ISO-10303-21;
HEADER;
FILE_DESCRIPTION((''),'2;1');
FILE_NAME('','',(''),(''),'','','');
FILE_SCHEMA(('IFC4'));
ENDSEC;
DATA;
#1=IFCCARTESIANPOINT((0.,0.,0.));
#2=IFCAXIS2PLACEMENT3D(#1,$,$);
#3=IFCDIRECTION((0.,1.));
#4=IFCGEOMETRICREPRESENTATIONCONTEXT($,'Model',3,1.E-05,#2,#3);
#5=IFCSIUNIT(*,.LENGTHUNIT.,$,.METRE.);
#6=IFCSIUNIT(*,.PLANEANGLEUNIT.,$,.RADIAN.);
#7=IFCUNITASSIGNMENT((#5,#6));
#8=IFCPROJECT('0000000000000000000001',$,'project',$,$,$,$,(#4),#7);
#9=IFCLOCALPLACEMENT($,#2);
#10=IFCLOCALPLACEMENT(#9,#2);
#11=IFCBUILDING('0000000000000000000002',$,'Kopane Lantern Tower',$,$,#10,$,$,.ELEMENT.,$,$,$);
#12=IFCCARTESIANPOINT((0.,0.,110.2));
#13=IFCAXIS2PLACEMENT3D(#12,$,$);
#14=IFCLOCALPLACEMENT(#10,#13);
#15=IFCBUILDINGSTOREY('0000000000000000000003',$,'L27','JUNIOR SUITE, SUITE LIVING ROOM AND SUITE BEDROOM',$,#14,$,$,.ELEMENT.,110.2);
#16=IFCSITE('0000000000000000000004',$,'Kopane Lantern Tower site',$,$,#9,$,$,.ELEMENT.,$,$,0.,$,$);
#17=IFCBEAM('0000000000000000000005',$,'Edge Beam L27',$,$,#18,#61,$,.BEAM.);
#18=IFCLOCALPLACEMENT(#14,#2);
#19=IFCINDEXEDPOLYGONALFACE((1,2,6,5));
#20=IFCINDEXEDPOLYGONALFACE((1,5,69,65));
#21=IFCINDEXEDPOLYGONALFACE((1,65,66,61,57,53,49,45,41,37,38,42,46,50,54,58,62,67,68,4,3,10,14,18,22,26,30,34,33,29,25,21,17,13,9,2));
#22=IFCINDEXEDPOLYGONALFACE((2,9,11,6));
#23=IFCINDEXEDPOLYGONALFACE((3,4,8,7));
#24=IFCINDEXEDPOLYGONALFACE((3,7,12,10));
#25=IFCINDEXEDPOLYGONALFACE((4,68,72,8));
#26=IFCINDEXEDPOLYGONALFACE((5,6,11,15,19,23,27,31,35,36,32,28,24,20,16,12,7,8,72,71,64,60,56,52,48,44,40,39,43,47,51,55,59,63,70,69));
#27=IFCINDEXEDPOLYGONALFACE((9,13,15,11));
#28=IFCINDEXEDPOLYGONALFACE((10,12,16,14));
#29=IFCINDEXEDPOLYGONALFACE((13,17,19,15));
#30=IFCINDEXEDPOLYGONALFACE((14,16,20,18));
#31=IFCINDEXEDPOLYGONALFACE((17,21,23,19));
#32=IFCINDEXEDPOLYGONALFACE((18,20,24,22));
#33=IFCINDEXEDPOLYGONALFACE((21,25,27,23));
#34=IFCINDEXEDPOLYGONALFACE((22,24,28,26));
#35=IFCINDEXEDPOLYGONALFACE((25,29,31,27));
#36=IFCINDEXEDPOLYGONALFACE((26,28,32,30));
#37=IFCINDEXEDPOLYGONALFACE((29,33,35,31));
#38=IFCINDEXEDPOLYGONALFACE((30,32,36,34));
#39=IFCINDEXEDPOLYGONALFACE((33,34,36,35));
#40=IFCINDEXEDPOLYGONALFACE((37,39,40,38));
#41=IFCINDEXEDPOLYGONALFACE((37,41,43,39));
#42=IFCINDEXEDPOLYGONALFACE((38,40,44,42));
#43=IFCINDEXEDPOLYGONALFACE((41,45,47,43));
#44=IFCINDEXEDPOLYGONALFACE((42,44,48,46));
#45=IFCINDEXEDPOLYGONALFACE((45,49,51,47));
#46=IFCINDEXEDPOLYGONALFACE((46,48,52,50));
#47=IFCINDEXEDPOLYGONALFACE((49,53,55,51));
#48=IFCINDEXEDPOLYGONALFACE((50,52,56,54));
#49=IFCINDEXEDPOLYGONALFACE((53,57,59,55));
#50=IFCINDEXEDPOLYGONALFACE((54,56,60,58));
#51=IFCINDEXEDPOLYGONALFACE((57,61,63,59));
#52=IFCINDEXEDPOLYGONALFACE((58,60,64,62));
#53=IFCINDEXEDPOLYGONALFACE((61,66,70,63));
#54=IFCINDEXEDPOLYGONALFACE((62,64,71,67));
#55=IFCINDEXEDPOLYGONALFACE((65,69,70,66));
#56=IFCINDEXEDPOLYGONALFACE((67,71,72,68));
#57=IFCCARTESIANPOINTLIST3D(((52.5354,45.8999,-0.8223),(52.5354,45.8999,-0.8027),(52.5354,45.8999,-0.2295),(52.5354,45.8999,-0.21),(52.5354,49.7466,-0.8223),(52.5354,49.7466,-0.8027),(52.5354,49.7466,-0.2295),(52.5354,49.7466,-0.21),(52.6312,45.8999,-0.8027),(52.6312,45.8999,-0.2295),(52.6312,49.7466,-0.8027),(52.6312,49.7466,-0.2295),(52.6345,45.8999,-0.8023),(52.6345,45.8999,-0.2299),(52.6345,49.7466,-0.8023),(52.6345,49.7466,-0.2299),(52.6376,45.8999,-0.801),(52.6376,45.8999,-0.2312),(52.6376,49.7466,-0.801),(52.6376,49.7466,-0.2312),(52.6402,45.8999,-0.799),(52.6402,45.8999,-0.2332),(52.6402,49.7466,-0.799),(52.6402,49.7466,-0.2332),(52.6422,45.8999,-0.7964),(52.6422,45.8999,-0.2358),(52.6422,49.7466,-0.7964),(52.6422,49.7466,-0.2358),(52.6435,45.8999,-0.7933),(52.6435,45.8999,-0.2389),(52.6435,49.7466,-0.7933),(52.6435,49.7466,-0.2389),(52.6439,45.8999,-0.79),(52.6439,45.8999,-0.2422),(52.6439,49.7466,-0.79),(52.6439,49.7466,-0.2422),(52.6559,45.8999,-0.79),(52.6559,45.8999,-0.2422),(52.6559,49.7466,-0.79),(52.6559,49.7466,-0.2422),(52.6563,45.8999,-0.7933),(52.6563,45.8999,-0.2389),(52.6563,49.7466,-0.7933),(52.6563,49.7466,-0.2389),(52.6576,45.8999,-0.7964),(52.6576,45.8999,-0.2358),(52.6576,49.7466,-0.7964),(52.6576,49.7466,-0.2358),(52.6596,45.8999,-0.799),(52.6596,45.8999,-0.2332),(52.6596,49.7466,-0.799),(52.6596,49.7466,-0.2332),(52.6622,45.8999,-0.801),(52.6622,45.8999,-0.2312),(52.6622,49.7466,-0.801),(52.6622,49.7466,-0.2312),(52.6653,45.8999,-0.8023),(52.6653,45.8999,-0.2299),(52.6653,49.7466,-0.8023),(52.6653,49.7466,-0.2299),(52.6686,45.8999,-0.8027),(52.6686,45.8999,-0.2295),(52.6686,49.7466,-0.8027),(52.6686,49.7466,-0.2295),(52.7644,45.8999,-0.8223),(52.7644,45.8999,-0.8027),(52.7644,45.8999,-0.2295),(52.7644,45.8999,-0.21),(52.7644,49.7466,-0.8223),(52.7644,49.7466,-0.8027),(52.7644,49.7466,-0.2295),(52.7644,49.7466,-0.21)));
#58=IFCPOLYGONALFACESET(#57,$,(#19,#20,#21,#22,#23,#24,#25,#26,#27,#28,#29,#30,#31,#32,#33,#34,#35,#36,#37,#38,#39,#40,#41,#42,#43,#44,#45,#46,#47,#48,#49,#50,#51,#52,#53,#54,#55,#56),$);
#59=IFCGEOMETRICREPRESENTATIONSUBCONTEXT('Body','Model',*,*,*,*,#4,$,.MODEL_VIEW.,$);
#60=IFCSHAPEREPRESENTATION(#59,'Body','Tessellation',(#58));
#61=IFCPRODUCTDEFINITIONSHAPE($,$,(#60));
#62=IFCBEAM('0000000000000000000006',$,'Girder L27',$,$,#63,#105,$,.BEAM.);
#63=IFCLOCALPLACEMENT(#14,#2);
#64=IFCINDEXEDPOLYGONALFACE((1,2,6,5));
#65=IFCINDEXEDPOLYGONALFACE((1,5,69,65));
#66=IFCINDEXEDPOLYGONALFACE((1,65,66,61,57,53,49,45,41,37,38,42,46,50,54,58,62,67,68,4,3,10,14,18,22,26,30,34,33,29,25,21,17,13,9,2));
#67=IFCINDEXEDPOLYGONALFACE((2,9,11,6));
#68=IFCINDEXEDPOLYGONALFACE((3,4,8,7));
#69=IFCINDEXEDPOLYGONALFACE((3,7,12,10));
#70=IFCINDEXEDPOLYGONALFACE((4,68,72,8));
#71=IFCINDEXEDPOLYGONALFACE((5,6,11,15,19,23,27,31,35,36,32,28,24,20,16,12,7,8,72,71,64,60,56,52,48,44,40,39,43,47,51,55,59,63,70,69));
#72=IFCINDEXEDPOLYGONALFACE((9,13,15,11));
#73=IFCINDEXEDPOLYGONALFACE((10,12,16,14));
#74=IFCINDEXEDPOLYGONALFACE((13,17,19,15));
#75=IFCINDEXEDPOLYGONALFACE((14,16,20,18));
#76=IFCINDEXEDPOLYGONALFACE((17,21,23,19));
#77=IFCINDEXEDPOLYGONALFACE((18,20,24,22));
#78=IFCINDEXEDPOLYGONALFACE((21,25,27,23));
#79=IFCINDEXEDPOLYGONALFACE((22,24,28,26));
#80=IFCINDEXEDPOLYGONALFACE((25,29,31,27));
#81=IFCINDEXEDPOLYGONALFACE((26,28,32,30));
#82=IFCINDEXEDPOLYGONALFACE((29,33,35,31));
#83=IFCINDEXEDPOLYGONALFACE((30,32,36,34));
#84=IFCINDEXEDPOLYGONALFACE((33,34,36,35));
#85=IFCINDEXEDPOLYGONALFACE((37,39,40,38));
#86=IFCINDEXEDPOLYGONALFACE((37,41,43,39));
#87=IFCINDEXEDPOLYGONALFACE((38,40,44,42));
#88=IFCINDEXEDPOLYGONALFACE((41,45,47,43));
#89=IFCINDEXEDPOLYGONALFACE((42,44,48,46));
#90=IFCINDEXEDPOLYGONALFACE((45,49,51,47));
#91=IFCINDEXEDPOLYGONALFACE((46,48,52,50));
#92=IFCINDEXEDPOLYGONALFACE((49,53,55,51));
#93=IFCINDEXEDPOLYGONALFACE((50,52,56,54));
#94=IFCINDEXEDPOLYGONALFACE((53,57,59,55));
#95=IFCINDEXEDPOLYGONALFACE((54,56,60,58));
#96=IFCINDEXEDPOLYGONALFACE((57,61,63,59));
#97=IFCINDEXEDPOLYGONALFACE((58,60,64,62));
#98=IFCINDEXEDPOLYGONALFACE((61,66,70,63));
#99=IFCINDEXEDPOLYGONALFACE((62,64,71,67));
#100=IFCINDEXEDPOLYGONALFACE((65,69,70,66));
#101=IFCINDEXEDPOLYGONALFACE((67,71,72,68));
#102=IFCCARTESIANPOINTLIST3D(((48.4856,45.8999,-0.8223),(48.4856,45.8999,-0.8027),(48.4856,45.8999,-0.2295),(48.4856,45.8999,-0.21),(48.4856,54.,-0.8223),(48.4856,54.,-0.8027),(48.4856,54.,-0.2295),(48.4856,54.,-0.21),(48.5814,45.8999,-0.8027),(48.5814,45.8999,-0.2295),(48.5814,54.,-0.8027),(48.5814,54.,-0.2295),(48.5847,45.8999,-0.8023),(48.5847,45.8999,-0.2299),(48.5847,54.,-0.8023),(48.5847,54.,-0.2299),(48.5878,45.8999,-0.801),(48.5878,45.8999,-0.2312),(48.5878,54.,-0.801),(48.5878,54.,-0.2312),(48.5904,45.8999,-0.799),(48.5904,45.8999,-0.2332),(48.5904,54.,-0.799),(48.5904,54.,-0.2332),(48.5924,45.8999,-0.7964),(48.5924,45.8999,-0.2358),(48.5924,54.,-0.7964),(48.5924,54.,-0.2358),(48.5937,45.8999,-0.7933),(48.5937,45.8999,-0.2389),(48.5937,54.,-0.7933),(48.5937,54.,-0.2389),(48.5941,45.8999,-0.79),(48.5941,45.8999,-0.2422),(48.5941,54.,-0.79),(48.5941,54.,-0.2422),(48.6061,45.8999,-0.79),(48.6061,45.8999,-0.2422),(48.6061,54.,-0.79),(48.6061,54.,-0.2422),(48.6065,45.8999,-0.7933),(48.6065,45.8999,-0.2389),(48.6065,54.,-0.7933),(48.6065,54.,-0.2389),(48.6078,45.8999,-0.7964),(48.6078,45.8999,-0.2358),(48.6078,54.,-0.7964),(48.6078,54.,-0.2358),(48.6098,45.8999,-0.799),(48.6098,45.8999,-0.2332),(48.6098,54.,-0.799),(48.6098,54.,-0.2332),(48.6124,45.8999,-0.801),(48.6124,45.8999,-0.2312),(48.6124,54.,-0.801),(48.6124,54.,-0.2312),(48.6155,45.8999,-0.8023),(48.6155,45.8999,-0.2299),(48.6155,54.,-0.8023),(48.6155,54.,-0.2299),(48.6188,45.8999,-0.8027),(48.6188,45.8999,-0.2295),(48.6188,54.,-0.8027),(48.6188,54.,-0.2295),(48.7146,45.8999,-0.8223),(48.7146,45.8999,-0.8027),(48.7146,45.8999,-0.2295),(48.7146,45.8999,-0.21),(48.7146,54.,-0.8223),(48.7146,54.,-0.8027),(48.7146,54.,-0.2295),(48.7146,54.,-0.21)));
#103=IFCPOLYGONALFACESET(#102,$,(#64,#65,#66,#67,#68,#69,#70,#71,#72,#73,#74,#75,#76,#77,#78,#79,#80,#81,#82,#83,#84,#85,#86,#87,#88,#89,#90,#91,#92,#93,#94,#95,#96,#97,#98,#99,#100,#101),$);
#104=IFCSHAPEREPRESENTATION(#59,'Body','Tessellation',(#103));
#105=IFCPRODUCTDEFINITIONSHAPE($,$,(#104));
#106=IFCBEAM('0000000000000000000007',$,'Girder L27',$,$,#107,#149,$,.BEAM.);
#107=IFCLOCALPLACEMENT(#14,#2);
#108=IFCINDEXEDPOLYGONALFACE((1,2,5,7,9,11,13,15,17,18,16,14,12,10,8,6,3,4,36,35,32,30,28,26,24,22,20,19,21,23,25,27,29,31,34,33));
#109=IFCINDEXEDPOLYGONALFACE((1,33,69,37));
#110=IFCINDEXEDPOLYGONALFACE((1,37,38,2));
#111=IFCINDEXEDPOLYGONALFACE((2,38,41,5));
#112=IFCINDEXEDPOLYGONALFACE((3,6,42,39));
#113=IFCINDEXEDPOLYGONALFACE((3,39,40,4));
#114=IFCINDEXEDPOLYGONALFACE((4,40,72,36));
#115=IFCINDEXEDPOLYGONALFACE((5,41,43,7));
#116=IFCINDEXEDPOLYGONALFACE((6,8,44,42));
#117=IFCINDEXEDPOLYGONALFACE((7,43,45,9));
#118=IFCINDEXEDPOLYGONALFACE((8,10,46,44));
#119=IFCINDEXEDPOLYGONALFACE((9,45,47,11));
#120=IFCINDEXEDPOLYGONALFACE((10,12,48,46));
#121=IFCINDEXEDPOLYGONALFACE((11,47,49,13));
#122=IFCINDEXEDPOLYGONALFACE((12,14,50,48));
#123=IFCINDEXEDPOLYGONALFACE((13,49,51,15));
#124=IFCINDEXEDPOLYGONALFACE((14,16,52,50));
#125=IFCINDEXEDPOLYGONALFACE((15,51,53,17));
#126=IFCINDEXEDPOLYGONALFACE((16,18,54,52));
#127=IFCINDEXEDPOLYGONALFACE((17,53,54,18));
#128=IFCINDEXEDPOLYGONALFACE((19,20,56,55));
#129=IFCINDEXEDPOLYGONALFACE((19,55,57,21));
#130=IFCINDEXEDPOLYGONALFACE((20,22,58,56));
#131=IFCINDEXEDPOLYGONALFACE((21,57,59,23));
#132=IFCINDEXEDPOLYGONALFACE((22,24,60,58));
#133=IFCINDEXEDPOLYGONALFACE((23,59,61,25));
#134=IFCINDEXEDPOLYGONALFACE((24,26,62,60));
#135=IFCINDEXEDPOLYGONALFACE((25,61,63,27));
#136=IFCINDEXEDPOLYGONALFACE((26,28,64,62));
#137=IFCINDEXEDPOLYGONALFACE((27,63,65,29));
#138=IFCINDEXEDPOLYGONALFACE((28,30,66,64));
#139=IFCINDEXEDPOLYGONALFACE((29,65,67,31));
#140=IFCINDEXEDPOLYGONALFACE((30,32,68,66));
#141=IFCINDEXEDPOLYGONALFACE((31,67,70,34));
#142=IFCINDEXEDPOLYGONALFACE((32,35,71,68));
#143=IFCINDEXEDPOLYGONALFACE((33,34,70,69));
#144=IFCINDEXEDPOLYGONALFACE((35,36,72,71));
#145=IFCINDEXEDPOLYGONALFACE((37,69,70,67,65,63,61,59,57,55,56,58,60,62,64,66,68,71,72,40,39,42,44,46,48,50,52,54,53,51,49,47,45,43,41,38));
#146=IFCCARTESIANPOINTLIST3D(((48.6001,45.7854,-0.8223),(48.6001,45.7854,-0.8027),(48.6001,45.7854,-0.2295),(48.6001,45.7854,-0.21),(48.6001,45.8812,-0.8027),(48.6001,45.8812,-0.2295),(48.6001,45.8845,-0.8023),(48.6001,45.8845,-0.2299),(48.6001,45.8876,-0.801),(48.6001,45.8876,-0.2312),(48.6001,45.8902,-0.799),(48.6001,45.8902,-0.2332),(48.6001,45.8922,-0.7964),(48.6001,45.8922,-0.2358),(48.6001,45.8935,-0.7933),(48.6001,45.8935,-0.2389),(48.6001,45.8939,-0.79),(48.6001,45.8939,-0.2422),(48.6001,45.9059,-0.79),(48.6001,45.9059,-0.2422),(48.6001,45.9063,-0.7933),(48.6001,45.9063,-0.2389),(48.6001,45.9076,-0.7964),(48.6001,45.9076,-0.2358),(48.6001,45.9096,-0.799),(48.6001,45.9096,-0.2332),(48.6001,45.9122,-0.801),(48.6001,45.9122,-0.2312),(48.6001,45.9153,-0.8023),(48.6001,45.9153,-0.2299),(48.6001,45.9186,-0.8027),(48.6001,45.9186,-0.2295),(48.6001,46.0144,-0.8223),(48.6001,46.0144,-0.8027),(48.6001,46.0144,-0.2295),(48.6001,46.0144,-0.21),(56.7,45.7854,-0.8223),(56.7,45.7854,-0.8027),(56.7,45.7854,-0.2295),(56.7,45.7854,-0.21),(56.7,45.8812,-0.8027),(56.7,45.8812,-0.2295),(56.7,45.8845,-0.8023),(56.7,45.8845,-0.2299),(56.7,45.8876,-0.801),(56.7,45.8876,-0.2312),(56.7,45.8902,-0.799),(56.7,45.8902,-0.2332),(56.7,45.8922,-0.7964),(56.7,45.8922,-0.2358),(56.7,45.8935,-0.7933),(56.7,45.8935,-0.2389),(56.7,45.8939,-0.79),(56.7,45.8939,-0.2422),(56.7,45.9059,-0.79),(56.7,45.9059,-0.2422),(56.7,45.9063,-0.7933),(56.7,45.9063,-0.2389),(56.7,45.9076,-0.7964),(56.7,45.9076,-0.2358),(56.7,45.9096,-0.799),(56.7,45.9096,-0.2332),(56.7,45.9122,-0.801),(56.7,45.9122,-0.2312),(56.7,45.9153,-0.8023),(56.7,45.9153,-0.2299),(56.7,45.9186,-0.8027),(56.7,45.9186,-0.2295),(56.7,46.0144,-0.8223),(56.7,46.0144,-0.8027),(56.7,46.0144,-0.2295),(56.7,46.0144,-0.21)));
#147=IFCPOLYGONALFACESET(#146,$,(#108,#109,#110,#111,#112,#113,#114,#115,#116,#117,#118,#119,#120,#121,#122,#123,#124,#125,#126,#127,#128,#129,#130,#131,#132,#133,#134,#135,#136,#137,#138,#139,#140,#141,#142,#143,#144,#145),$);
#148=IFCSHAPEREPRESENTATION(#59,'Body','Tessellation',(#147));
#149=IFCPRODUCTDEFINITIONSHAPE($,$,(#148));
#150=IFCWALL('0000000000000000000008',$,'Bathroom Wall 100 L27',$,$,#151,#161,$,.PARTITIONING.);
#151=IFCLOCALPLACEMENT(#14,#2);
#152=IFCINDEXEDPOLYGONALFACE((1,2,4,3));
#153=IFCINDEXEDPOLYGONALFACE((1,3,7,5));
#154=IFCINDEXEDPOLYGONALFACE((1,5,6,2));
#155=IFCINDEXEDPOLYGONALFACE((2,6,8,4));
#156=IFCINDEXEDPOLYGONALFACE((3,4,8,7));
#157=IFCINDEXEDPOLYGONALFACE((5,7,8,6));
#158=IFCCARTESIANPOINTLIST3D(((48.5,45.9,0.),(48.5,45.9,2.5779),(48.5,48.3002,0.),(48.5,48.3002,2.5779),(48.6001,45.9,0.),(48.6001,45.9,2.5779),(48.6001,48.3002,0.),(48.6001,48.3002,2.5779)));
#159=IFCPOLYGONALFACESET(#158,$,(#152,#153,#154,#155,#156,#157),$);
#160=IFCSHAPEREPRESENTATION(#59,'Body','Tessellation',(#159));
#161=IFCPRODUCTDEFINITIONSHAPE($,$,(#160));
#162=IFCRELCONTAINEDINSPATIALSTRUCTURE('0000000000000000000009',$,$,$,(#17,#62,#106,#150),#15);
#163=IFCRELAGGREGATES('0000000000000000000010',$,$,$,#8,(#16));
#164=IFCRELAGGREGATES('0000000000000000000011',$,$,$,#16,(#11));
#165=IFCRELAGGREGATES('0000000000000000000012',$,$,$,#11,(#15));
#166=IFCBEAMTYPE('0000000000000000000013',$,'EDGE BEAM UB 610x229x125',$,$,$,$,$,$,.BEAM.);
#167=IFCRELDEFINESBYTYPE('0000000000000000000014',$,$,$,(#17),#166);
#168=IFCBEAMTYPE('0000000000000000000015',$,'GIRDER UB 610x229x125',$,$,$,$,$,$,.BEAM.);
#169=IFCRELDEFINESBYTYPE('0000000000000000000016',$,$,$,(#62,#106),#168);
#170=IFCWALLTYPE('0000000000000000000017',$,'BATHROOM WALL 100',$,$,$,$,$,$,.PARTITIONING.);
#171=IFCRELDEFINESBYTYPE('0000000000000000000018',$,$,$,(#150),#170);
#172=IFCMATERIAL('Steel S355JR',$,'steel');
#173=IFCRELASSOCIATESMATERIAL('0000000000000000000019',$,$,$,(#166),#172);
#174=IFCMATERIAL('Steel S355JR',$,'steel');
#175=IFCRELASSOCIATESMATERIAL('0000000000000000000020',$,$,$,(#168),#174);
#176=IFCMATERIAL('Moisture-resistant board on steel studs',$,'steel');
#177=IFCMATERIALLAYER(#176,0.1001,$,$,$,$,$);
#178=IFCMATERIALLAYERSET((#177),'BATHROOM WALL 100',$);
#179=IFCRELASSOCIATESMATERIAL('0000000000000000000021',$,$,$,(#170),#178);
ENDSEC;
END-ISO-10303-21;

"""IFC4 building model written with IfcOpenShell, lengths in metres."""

from ifc_helpers import new_model, si_unit, direction, frame, frame_2d, origin, origin_2d, place, context, subcontext, project, spatial, rectangle, i_section, extrude, material, layer, layer_set, material_profile, profile_set, type_object, element, save


model = new_model("IFC4")

# Units and contexts
model_context = context("Model", 3, precision=1e-05, world=origin(), true_north=direction((0.0, 1.0)))
body_context = subcontext(model_context, "Body", "Model", "MODEL_VIEW")
ifc_project = project(units=[si_unit("LENGTHUNIT", "METRE"), si_unit("PLANEANGLEUNIT", "RADIAN")], contexts=[model_context])

# Site, building, storey
site_placement = place(None, origin())
site = spatial("IfcSite", under=ifc_project, at=site_placement, Name="Kopane Lantern Tower site", CompositionType="ELEMENT", RefElevation=0.0)
building_placement = place(site_placement, origin())
building = spatial("IfcBuilding", under=site, at=building_placement, Name="Kopane Lantern Tower", CompositionType="ELEMENT")
storey_placement = place(building_placement, frame((0.0, 0.0, 110.2)))
storey = spatial("IfcBuildingStorey", under=building, at=storey_placement, Name="L27", Description="JUNIOR SUITE, SUITE LIVING ROOM AND SUITE BEDROOM", CompositionType="ELEMENT", Elevation=110.2)

# Beams
ifc_material_1 = material(Name="Steel S355JR", Category="steel")
ifc_material_profile_1 = material_profile(ifc_material_1, i_section(OverallWidth=0.229, OverallDepth=0.6123, WebThickness=0.012, FlangeThickness=0.0195, FilletRadius=0.0127, at=origin_2d()), Name="UB 610x229x125")
ifc_profile_set_1 = profile_set([ifc_material_profile_1], Name="Steel S355JR")
beam_type_1 = type_object("IfcBeamType", Name="EDGE BEAM UB 610x229x125", PredefinedType="BEAM", material=ifc_profile_set_1)
beam_1_placement = place(storey_placement, frame((52.6499, 49.7466, -0.5161), z_axis=(0.0, -1.0, 0.0), x_axis=(1.0, 0.0, 0.0)))
element("IfcBeam", 1, at=beam_1_placement, inside=storey, type_object=beam_type_1, Name="Edge Beam L27", PredefinedType="BEAM", context=body_context, shape_type="SweptSolid", body=[
    extrude(i_section(OverallWidth=0.229, OverallDepth=0.6123, WebThickness=0.012, FlangeThickness=0.0195, FilletRadius=0.0127, at=origin_2d()), origin(), (0.0, 0.0, 1.0), 3.8467),
])
ifc_material_2 = material(Name="Steel S355JR", Category="steel")
ifc_material_profile_2 = material_profile(ifc_material_2, i_section(OverallWidth=0.229, OverallDepth=0.6123, WebThickness=0.012, FlangeThickness=0.0195, FilletRadius=0.0127, at=origin_2d()), Name="UB 610x229x125")
ifc_profile_set_2 = profile_set([ifc_material_profile_2], Name="Steel S355JR")
beam_type_2 = type_object("IfcBeamType", Name="GIRDER UB 610x229x125", PredefinedType="BEAM", material=ifc_profile_set_2)
beam_2_placement = place(storey_placement, frame((48.6001, 45.8999, -0.5161), z_axis=(0.0, 1.0, 0.0), x_axis=(-1.0, 0.0, 0.0)))
element("IfcBeam", 2, at=beam_2_placement, inside=storey, type_object=beam_type_2, Name="Girder L27", PredefinedType="BEAM", context=body_context, shape_type="SweptSolid", body=[
    extrude(i_section(OverallWidth=0.229, OverallDepth=0.6123, WebThickness=0.012, FlangeThickness=0.0195, FilletRadius=0.0127, at=origin_2d()), origin(), (0.0, 0.0, 1.0), 8.1001),
])
beam_3_placement = place(storey_placement, frame((48.6001, 45.8999, -0.5161), z_axis=(1.0, 0.0, 0.0), x_axis=(0.0, 1.0, 0.0)))
element("IfcBeam", 3, at=beam_3_placement, inside=storey, type_object=beam_type_2, Name="Girder L27", PredefinedType="BEAM", context=body_context, shape_type="SweptSolid", body=[
    extrude(i_section(OverallWidth=0.229, OverallDepth=0.6123, WebThickness=0.012, FlangeThickness=0.0195, FilletRadius=0.0127, at=origin_2d()), origin(), (0.0, 0.0, 1.0), 8.0999),
])

# Wall
ifc_material_3 = material(Name="Moisture-resistant board on steel studs", Category="steel")
ifc_layer_1 = layer(ifc_material_3, 0.1001)
ifc_layer_set_1 = layer_set([ifc_layer_1], Name="BATHROOM WALL 100")
wall_type_1 = type_object("IfcWallType", Name="BATHROOM WALL 100", PredefinedType="PARTITIONING", material=ifc_layer_set_1)
wall_1_placement = place(storey_placement, frame((48.55, 45.8999, 0.0), z_axis=(0.0, 0.0, 1.0), x_axis=(0.0, 1.0, 0.0)))
element("IfcWall", 4, at=wall_1_placement, inside=storey, type_object=wall_type_1, Name="Bathroom Wall 100 L27", PredefinedType="PARTITIONING", context=body_context, shape_type="SweptSolid", body=[
    extrude(rectangle(XDim=2.4001, YDim=0.1001, at=frame_2d((1.2002, 0.0))), origin(), (0.0, 0.0, 1.0), 2.5779),
])

save(model, "model.ifc")
